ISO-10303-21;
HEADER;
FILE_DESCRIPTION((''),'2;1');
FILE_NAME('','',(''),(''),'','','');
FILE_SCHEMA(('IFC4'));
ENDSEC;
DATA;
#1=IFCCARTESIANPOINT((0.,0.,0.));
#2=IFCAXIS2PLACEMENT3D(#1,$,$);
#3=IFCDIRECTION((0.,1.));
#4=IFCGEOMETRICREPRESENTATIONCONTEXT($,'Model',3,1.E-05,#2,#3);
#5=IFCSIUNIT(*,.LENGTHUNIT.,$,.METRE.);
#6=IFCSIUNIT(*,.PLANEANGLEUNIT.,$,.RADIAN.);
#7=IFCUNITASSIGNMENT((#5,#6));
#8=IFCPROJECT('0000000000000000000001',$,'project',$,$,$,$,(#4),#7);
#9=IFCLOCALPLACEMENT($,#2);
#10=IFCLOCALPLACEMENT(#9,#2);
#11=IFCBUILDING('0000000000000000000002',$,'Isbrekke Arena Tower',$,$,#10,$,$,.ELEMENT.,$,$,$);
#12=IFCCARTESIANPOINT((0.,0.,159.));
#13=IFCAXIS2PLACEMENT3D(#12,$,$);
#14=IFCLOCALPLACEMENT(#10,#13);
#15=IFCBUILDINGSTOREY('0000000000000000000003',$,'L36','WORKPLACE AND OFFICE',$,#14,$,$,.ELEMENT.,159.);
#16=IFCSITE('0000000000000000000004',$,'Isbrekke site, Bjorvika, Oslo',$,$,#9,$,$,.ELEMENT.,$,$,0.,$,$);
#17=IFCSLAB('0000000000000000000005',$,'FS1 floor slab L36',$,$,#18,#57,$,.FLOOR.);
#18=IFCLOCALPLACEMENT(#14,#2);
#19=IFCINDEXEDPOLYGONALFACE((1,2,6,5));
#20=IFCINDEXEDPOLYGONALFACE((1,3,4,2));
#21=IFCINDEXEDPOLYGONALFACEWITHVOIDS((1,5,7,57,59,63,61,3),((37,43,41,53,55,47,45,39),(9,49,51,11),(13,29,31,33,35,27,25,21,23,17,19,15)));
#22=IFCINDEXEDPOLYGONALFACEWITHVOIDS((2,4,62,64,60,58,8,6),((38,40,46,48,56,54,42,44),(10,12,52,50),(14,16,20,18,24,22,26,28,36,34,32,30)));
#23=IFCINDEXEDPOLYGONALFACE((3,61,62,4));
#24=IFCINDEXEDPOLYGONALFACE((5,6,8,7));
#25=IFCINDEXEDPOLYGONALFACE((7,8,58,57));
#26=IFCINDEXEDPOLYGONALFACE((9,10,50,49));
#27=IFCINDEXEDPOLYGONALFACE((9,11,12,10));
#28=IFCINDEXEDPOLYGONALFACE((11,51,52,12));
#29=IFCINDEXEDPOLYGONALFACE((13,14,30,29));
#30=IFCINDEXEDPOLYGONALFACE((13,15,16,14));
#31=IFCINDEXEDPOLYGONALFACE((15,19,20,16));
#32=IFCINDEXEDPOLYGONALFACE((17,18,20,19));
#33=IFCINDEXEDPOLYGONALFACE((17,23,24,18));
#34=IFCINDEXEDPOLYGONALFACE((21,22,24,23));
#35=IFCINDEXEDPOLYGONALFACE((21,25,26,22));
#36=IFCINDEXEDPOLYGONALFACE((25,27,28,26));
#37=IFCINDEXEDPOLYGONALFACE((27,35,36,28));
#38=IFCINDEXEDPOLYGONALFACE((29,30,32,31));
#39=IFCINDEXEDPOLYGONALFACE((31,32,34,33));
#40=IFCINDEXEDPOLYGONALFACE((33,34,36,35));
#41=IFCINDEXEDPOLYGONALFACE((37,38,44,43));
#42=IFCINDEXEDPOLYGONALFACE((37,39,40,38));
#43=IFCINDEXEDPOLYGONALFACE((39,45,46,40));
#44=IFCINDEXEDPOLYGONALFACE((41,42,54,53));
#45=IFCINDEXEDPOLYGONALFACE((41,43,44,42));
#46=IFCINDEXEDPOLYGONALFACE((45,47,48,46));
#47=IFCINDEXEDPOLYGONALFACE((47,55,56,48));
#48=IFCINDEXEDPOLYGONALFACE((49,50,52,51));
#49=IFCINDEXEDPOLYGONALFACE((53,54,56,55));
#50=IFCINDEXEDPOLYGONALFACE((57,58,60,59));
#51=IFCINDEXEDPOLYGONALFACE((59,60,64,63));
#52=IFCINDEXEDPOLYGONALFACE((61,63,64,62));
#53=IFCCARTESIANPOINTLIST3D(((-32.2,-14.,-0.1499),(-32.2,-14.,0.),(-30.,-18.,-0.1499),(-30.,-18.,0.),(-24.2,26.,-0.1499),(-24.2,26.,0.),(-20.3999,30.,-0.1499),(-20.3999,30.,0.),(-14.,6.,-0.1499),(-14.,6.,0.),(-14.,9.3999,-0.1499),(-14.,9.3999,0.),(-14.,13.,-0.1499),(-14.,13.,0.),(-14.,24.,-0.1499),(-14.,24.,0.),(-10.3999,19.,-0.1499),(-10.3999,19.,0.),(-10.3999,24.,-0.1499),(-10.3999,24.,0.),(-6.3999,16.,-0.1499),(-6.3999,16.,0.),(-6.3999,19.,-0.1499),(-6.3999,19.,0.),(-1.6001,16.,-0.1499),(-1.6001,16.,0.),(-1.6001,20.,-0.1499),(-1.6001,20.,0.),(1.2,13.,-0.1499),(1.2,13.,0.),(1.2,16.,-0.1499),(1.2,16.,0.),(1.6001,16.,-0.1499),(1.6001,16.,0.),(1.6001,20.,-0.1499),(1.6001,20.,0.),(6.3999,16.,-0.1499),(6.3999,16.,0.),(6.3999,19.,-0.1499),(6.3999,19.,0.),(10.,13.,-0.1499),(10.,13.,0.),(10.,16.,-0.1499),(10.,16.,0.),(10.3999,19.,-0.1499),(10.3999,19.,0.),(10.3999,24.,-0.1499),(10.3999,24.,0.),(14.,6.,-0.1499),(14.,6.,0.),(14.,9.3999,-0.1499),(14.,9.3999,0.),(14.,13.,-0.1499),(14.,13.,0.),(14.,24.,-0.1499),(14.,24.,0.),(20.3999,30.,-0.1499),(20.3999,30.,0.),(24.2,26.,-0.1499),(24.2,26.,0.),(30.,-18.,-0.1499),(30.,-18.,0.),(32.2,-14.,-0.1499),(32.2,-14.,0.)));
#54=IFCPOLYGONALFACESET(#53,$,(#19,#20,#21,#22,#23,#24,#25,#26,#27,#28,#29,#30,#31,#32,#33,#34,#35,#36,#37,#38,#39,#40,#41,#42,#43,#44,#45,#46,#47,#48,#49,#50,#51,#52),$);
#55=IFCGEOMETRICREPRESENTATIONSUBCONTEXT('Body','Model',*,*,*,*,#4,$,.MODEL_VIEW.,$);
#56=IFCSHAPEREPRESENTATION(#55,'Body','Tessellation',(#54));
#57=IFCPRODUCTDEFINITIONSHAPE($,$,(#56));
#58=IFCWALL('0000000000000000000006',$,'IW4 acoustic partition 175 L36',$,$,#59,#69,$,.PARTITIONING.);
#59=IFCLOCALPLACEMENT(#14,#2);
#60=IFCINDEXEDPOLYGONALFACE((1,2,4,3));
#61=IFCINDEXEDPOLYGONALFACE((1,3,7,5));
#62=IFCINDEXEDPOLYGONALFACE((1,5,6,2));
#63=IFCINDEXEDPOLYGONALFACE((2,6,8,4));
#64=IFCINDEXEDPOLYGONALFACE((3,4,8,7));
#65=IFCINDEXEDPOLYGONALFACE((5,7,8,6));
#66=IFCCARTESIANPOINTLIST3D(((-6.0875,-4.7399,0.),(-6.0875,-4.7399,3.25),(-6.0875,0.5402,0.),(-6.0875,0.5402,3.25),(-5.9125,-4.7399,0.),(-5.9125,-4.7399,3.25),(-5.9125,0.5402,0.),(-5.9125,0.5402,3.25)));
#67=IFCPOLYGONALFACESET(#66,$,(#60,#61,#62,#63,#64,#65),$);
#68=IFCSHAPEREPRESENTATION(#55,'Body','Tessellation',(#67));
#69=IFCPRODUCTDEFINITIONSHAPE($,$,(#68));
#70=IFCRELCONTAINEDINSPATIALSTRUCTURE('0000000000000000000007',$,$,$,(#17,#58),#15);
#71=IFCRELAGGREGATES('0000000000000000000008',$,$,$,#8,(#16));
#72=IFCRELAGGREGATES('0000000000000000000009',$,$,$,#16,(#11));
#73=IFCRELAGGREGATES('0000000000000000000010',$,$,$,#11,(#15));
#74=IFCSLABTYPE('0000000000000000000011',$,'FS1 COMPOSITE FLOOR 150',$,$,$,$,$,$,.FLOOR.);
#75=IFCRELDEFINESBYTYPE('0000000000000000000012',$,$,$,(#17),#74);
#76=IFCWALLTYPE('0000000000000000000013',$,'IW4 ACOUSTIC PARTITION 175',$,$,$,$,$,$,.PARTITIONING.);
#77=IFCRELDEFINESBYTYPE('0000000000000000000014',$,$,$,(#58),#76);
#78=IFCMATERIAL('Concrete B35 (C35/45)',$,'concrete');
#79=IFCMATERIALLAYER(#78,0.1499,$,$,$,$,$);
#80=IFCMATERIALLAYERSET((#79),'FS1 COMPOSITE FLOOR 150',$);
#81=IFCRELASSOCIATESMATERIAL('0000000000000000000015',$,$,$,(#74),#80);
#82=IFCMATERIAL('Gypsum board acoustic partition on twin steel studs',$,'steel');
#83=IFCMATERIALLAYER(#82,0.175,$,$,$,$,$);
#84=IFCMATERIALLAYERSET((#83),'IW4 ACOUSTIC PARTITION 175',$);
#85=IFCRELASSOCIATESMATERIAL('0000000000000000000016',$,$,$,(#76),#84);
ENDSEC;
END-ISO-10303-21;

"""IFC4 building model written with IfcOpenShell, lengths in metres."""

from ifc_helpers import new_model, si_unit, direction, frame, frame_2d, origin, place, context, subcontext, project, spatial, polyline, rectangle, outline, extrude, material, layer, layer_set, type_object, element, save


model = new_model("IFC4")

# Units and contexts
model_context = context("Model", 3, precision=1e-05, world=origin(), true_north=direction((0.0, 1.0)))
body_context = subcontext(model_context, "Body", "Model", "MODEL_VIEW")
ifc_project = project(units=[si_unit("LENGTHUNIT", "METRE"), si_unit("PLANEANGLEUNIT", "RADIAN")], contexts=[model_context])

# Site, building, storey
site_placement = place(None, origin())
site = spatial("IfcSite", under=ifc_project, at=site_placement, Name="Isbrekke site, Bjorvika, Oslo", CompositionType="ELEMENT", RefElevation=0.0)
building_placement = place(site_placement, origin())
building = spatial("IfcBuilding", under=site, at=building_placement, Name="Isbrekke Arena Tower", CompositionType="ELEMENT")
storey_placement = place(building_placement, frame((0.0, 0.0, 159.0)))
storey = spatial("IfcBuildingStorey", under=building, at=storey_placement, Name="L36", Description="WORKPLACE AND OFFICE", CompositionType="ELEMENT", Elevation=159.0)

# Slab
ifc_material_1 = material(Name="Concrete B35 (C35/45)", Category="concrete")
ifc_layer_1 = layer(ifc_material_1, 0.1499)
ifc_layer_set_1 = layer_set([ifc_layer_1], Name="FS1 COMPOSITE FLOOR 150")
slab_type = type_object("IfcSlabType", Name="FS1 COMPOSITE FLOOR 150", PredefinedType="FLOOR", material=ifc_layer_set_1)
slab_placement = place(storey_placement, frame((0.0, 0.0, -0.1499)))
element("IfcSlab", 1, at=slab_placement, inside=storey, type_object=slab_type, Name="FS1 floor slab L36", PredefinedType="FLOOR", context=body_context, shape_type="SweptSolid", body=[
    extrude(outline(polyline([(-30.0, -18.0), (30.0, -18.0), (32.2, -14.0), (24.2, 26.0), (20.3999, 30.0), (-20.3999, 30.0), (-24.2, 26.0), (-32.2, -14.0), (-30.0, -18.0)]), holes=[polyline([(14.0, 9.3999), (14.0, 6.0), (-14.0, 6.0), (-14.0, 9.3999), (14.0, 9.3999)]), polyline([(-6.3999, 19.0), (-6.3999, 16.0), (-1.6001, 16.0), (-1.6001, 20.0), (1.6001, 20.0), (1.6001, 16.0), (1.2, 16.0), (1.2, 13.0), (-14.0, 13.0), (-14.0, 24.0), (-10.3999, 24.0), (-10.3999, 19.0), (-6.3999, 19.0)]), polyline([(10.0, 13.0), (10.0, 16.0), (6.3999, 16.0), (6.3999, 19.0), (10.3999, 19.0), (10.3999, 24.0), (14.0, 24.0), (14.0, 13.0), (10.0, 13.0)])]), origin(), (0.0, 0.0, 1.0), 0.1499),
])

# Wall
ifc_material_2 = material(Name="Gypsum board acoustic partition on twin steel studs", Category="steel")
ifc_layer_2 = layer(ifc_material_2, 0.175)
ifc_layer_set_2 = layer_set([ifc_layer_2], Name="IW4 ACOUSTIC PARTITION 175")
wall_type = type_object("IfcWallType", Name="IW4 ACOUSTIC PARTITION 175", PredefinedType="PARTITIONING", material=ifc_layer_set_2)
wall_placement = place(storey_placement, frame((-6.0, -4.74, 0.0), z_axis=(0.0, 0.0, 1.0), x_axis=(0.0, 1.0, 0.0)))
element("IfcWall", 2, at=wall_placement, inside=storey, type_object=wall_type, Name="IW4 acoustic partition 175 L36", PredefinedType="PARTITIONING", context=body_context, shape_type="SweptSolid", body=[
    extrude(rectangle(XDim=5.28, YDim=0.175, at=frame_2d((2.6401, 0.0))), origin(), (0.0, 0.0, 1.0), 3.25),
])

save(model, "model.ifc")
